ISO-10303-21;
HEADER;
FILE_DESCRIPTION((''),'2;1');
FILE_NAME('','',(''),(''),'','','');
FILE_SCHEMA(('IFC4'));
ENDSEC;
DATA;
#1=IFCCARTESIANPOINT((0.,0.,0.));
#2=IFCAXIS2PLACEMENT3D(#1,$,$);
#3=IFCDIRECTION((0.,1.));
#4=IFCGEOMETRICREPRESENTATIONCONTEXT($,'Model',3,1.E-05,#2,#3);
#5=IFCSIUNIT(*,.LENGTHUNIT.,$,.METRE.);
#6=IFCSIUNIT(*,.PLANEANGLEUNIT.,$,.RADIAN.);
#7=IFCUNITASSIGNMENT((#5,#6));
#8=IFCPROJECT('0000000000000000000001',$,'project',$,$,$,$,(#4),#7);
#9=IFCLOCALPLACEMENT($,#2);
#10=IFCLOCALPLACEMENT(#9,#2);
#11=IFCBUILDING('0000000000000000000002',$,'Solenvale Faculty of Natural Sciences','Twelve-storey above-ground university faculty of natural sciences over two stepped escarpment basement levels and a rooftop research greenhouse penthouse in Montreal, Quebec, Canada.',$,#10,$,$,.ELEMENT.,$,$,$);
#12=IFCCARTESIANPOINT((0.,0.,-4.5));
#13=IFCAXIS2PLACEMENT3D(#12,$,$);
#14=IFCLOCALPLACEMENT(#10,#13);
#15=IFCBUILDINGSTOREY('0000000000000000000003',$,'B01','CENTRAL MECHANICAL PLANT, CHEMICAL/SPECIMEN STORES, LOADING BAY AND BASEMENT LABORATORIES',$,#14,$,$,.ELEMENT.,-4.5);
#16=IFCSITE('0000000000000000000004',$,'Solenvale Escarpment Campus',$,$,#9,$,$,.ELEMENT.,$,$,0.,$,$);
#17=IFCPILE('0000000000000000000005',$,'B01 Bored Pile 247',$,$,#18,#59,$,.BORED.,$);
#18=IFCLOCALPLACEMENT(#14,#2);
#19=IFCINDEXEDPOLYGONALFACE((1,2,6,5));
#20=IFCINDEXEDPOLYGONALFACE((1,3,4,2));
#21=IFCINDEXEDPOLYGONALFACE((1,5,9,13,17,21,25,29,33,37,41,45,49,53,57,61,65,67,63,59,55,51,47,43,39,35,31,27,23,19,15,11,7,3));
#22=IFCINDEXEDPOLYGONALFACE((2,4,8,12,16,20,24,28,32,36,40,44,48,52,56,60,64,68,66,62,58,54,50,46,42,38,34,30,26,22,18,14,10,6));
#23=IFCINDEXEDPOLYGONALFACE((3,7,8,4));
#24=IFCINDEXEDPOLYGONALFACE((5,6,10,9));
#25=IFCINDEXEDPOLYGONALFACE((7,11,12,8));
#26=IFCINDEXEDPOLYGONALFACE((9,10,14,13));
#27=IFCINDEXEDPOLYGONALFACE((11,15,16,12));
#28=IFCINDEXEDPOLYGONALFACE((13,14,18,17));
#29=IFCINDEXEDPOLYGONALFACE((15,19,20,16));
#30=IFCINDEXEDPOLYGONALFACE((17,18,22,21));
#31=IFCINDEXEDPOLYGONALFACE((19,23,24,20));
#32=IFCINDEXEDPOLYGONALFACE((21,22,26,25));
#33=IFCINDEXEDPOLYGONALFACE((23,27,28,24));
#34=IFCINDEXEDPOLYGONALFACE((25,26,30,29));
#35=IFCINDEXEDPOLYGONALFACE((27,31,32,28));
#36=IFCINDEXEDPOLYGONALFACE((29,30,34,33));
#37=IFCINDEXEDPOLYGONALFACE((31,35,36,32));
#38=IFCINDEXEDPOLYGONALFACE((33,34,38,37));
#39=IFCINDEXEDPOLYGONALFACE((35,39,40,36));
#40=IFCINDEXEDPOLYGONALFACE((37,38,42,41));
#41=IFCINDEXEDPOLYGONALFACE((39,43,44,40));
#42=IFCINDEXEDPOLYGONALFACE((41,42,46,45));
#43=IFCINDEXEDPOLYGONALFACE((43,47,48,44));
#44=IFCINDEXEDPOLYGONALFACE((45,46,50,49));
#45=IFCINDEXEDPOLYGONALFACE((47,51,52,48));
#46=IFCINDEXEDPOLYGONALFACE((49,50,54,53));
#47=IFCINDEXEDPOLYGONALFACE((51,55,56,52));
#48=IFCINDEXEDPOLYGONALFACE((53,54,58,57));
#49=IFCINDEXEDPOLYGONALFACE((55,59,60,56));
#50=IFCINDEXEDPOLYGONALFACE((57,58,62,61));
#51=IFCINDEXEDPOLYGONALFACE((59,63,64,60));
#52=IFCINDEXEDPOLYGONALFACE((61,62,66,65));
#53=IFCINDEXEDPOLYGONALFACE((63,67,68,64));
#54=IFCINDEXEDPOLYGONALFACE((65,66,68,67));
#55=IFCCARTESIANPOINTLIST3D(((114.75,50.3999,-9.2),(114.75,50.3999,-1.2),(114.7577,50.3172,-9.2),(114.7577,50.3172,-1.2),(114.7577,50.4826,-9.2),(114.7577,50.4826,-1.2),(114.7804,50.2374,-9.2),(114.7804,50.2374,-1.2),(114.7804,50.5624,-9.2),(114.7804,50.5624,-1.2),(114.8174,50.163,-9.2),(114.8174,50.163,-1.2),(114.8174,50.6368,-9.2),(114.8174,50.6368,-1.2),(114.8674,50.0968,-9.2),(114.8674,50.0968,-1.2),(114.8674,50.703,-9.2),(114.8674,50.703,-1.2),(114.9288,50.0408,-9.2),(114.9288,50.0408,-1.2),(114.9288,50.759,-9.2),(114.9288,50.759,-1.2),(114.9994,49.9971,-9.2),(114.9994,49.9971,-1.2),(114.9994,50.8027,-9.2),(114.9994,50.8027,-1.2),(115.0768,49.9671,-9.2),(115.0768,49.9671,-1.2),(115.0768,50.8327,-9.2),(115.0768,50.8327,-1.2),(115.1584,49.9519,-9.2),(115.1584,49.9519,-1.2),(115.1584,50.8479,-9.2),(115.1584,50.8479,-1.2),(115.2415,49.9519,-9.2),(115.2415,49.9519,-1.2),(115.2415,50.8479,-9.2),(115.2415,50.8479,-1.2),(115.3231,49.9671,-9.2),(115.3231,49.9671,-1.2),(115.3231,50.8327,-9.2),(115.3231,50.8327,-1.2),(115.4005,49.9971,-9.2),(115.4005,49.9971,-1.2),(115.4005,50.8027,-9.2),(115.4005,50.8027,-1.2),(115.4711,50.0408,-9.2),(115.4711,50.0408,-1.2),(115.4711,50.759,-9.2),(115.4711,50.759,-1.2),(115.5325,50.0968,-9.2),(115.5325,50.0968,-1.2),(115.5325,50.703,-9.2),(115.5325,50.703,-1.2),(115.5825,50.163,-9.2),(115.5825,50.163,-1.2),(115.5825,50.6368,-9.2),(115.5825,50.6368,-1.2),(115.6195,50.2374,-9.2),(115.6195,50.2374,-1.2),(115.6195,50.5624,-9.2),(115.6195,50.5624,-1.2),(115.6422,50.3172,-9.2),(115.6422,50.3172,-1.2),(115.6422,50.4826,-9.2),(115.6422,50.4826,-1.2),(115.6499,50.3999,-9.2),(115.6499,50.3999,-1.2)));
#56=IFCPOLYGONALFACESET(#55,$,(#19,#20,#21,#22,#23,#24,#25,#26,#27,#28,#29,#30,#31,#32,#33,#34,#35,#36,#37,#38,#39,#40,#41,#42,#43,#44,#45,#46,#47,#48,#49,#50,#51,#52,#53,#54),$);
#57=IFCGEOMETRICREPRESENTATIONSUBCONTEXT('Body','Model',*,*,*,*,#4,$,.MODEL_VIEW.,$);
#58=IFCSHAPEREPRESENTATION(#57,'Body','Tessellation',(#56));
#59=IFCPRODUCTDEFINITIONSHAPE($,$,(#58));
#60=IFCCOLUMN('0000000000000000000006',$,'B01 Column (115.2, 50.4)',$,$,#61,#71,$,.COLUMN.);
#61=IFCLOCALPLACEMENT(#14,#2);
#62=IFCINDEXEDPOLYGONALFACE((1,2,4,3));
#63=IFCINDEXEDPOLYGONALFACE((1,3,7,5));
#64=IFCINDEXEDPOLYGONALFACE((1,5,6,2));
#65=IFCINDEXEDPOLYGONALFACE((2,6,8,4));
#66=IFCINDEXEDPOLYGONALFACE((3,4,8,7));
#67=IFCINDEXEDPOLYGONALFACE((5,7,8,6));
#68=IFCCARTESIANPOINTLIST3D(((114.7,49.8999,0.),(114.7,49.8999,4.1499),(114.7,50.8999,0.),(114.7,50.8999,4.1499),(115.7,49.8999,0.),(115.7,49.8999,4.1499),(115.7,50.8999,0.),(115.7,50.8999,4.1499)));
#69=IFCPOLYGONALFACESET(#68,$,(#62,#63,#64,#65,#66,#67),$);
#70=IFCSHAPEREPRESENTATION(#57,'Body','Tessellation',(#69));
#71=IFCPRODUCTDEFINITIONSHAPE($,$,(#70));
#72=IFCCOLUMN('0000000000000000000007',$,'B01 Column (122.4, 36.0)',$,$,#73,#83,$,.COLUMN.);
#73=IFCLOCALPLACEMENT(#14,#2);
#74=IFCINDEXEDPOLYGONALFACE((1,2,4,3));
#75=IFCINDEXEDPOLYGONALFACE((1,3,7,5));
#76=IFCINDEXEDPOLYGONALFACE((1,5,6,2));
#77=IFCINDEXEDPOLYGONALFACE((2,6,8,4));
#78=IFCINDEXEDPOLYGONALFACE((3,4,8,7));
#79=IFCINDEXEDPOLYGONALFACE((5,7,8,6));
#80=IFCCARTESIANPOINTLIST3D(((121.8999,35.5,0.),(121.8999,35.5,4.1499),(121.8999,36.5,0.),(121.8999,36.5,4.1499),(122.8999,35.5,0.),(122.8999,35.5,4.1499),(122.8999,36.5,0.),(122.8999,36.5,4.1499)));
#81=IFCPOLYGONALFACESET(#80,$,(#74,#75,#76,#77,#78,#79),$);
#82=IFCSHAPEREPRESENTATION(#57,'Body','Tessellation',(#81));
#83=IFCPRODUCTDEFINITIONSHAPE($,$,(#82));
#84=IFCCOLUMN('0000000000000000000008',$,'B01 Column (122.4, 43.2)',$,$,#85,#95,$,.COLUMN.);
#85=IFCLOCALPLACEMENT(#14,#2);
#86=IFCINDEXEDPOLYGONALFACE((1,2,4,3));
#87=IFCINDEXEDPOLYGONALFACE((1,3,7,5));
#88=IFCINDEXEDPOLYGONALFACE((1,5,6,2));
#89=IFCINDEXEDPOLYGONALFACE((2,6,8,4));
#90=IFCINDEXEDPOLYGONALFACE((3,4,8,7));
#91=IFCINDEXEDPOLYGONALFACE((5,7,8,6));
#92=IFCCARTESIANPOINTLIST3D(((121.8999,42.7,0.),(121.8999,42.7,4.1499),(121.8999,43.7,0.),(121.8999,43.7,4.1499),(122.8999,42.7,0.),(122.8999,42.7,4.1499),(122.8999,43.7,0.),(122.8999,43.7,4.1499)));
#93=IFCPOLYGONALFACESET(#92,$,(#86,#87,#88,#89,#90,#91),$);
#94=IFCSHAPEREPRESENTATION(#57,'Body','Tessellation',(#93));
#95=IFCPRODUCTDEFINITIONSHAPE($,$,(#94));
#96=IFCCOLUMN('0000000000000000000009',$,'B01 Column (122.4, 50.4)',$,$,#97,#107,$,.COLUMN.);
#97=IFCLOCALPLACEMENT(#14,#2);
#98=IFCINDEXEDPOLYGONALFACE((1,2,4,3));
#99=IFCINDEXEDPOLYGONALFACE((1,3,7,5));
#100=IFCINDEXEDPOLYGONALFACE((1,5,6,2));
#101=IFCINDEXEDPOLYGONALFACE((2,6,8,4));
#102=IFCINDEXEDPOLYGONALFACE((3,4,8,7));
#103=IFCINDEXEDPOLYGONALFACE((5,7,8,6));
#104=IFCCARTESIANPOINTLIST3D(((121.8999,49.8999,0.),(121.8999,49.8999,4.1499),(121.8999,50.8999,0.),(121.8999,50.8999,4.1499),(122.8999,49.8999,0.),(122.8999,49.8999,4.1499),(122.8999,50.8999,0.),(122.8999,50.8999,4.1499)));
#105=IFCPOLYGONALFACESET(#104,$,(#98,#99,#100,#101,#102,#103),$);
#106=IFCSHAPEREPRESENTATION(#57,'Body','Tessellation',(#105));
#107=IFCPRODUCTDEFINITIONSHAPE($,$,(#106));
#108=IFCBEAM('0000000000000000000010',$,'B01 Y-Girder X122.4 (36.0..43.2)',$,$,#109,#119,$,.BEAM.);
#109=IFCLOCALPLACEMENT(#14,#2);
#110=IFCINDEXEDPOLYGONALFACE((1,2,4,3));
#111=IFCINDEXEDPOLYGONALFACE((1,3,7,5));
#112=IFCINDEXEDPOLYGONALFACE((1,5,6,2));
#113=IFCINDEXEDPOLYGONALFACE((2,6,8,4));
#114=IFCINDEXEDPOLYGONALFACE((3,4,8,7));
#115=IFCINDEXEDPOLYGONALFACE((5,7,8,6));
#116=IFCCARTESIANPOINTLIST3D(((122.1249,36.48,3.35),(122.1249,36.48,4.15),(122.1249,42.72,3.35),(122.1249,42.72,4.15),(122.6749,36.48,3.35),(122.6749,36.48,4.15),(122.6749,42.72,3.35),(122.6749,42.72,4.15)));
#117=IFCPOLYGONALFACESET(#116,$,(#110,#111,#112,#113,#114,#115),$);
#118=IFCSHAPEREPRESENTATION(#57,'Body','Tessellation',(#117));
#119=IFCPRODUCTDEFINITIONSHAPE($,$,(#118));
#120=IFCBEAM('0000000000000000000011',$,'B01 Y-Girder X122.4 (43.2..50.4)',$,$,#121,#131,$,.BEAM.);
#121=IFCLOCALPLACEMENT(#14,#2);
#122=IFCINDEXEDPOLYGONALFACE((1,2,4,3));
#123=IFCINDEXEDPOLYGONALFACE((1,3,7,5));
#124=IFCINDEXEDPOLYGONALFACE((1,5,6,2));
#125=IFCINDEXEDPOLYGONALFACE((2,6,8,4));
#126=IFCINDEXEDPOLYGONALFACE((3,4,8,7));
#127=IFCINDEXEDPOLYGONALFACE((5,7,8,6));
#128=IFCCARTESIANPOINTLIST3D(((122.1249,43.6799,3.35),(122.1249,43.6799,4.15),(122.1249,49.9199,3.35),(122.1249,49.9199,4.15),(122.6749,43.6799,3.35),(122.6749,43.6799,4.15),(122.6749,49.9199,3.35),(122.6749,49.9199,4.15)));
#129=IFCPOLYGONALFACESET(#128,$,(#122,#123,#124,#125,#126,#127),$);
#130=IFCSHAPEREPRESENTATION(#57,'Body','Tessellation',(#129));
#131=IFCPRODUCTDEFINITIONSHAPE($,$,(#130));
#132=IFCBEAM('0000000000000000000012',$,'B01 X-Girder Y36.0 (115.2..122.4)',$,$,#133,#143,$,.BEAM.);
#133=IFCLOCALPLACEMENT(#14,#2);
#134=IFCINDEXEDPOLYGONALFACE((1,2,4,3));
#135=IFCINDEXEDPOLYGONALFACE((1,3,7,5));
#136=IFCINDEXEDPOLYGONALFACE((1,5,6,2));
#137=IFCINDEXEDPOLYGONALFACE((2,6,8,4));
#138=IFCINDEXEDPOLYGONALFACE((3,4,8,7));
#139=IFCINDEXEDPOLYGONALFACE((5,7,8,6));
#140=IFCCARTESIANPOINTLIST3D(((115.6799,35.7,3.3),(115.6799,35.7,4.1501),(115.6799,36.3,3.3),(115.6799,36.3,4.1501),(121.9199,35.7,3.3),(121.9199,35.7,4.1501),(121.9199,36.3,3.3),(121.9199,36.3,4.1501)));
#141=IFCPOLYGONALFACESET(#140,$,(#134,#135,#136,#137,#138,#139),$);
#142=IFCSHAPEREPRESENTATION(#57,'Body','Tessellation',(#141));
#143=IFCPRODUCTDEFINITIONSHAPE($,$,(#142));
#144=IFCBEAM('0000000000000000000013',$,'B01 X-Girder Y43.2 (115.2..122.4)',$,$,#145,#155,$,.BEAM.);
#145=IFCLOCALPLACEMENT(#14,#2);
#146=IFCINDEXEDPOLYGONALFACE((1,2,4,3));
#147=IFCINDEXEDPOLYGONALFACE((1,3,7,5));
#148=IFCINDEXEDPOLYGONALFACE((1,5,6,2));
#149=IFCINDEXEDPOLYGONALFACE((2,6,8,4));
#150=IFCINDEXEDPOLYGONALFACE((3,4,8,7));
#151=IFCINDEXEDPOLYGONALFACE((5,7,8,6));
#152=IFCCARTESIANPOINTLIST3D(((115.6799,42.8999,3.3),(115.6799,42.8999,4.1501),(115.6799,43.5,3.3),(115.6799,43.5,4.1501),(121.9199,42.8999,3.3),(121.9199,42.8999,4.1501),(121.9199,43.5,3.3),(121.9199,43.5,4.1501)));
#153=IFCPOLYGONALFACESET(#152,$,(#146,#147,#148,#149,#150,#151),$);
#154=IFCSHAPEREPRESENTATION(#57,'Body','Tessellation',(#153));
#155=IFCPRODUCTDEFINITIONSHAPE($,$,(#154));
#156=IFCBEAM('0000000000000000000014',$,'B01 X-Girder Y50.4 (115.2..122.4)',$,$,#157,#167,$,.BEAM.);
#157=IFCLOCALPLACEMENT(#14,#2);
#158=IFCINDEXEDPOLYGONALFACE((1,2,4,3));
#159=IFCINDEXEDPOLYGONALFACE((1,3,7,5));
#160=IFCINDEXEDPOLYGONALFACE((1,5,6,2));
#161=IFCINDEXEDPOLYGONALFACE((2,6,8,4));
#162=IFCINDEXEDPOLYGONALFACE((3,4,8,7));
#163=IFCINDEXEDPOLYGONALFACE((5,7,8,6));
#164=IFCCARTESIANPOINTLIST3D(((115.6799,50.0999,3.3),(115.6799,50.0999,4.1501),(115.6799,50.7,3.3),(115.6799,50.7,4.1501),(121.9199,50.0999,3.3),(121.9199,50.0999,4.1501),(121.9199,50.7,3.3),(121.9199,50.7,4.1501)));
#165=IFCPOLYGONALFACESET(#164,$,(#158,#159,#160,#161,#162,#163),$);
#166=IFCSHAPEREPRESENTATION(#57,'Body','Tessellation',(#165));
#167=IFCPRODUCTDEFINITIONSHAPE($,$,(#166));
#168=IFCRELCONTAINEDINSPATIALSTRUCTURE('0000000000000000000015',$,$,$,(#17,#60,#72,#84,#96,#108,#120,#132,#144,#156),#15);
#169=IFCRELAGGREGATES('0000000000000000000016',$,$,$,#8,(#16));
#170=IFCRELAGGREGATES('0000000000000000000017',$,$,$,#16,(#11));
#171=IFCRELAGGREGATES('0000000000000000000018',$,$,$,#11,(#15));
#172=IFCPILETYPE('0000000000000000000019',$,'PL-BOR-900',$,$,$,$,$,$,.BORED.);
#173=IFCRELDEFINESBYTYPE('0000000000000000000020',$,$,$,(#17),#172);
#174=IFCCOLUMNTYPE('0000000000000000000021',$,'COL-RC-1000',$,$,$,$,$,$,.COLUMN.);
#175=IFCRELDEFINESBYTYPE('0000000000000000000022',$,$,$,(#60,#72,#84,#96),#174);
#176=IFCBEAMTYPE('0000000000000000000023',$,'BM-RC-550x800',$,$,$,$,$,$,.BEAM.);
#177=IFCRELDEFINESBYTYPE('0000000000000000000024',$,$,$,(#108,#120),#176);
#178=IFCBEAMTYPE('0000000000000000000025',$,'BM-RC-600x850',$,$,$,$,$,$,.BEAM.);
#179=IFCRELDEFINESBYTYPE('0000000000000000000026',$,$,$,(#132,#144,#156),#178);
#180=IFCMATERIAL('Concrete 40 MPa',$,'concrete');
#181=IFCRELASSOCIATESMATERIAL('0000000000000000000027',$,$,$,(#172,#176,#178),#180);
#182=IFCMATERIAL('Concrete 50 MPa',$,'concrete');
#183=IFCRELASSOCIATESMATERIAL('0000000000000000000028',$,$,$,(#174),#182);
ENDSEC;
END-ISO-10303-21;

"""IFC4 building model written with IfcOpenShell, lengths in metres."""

from ifc_helpers import new_model, si_unit, direction, frame, origin, origin_2d, place, context, subcontext, project, spatial, rectangle, circle, extrude, material, material_profile, profile_set, type_object, element, save


model = new_model("IFC4")

# Units and contexts
model_context = context("Model", 3, precision=1e-05, world=origin(), true_north=direction((0.0, 1.0)))
body_context = subcontext(model_context, "Body", "Model", "MODEL_VIEW")
ifc_project = project(units=[si_unit("LENGTHUNIT", "METRE"), si_unit("PLANEANGLEUNIT", "RADIAN")], contexts=[model_context])

# Site, building, storey
site_placement = place(None, origin())
site = spatial("IfcSite", under=ifc_project, at=site_placement, Name="Solenvale Escarpment Campus", CompositionType="ELEMENT", RefElevation=0.0)
building_placement = place(site_placement, origin())
building = spatial("IfcBuilding", under=site, at=building_placement, Name="Solenvale Faculty of Natural Sciences", Description="Twelve-storey above-ground university faculty of natural sciences over two stepped escarpment basement levels and a rooftop research greenhouse penthouse in Montreal, Quebec, Canada.", CompositionType="ELEMENT")
storey_placement = place(building_placement, frame((0.0, 0.0, -4.5)))
storey = spatial("IfcBuildingStorey", under=building, at=storey_placement, Name="B01", Description="CENTRAL MECHANICAL PLANT, CHEMICAL/SPECIMEN STORES, LOADING BAY AND BASEMENT LABORATORIES", CompositionType="ELEMENT", Elevation=-4.5)

# Shared definitions
ifc_material_1 = material(Name="Concrete 40 MPa", Category="concrete")

# Pile
ifc_material_profile_1 = material_profile(ifc_material_1, circle(Radius=0.45, at=origin_2d()), Name="PILE-D900")
ifc_profile_set_1 = profile_set([ifc_material_profile_1], Name="Concrete 40 MPa")
pile_type_1 = type_object("IfcPileType", Name="PL-BOR-900", PredefinedType="BORED", material=ifc_profile_set_1)
for number, where, z_axis, x_axis, name in (
    (1, (115.2, 50.3999, -1.2), (0.0, 0.0, -1.0), (1.0, 0.0, 0.0), "B01 Bored Pile 247"),
):
    element("IfcPile", number, at=place(storey_placement, frame(where, z_axis=z_axis, x_axis=x_axis)), inside=storey, type_object=pile_type_1, Name=name, PredefinedType="BORED", context=body_context, shape_type="SweptSolid", body=[
        extrude(circle(Radius=0.45, at=origin_2d()), origin(), (0.0, 0.0, 1.0), 8.0),
    ])

# Columns
ifc_material_2 = material(Name="Concrete 50 MPa", Category="concrete")
ifc_material_profile_2 = material_profile(ifc_material_2, rectangle(XDim=1.0, YDim=1.0, at=origin_2d()), Name="RC-COL-1000x1000")
ifc_profile_set_2 = profile_set([ifc_material_profile_2], Name="Concrete 50 MPa")
column_type = type_object("IfcColumnType", Name="COL-RC-1000", PredefinedType="COLUMN", material=ifc_profile_set_2)
for number, where, z_axis, x_axis, name in (
    (2, (115.2, 50.3999, 0.0), (0.0, 0.0, 1.0), (1.0, 0.0, 0.0), "B01 Column (115.2, 50.4)"),
    (3, (122.3999, 36.0, 0.0), (0.0, 0.0, 1.0), (1.0, 0.0, 0.0), "B01 Column (122.4, 36.0)"),
    (4, (122.3999, 43.2, 0.0), (0.0, 0.0, 1.0), (1.0, 0.0, 0.0), "B01 Column (122.4, 43.2)"),
    (5, (122.3999, 50.3999, 0.0), (0.0, 0.0, 1.0), (1.0, 0.0, 0.0), "B01 Column (122.4, 50.4)"),
):
    element("IfcColumn", number, at=place(storey_placement, frame(where, z_axis=z_axis, x_axis=x_axis)), inside=storey, type_object=column_type, Name=name, PredefinedType="COLUMN", context=body_context, shape_type="SweptSolid", body=[
        extrude(rectangle(XDim=1.0, YDim=1.0, at=origin_2d()), origin(), (0.0, 0.0, 1.0), 4.1499),
    ])

# Beams
ifc_material_profile_3 = material_profile(ifc_material_1, rectangle(XDim=0.55, YDim=0.8, at=origin_2d()), Name="RC-BM-550x800")
ifc_profile_set_3 = profile_set([ifc_material_profile_3], Name="Concrete 40 MPa")
beam_type_1 = type_object("IfcBeamType", Name="BM-RC-550x800", PredefinedType="BEAM", material=ifc_profile_set_3)
for number, where, z_axis, x_axis, name in (
    (6, (122.3999, 36.48, 3.75), (0.0, 1.0, 0.0), (-1.0, 0.0, 0.0), "B01 Y-Girder X122.4 (36.0..43.2)"),
    (7, (122.3999, 43.6799, 3.75), (0.0, 1.0, 0.0), (-1.0, 0.0, 0.0), "B01 Y-Girder X122.4 (43.2..50.4)"),
):
    element("IfcBeam", number, at=place(storey_placement, frame(where, z_axis=z_axis, x_axis=x_axis)), inside=storey, type_object=beam_type_1, Name=name, PredefinedType="BEAM", context=body_context, shape_type="SweptSolid", body=[
        extrude(rectangle(XDim=0.55, YDim=0.8, at=origin_2d()), origin(), (0.0, 0.0, 1.0), 6.24),
    ])
ifc_material_profile_4 = material_profile(ifc_material_1, rectangle(XDim=0.6001, YDim=0.8501, at=origin_2d()), Name="RC-BM-600x850")
ifc_profile_set_4 = profile_set([ifc_material_profile_4], Name="Concrete 40 MPa")
beam_type_2 = type_object("IfcBeamType", Name="BM-RC-600x850", PredefinedType="BEAM", material=ifc_profile_set_4)
for number, where, z_axis, x_axis, name in (
    (8, (115.6799, 36.0, 3.7251), (1.0, 0.0, 0.0), (0.0, 1.0, 0.0), "B01 X-Girder Y36.0 (115.2..122.4)"),
    (9, (115.6799, 43.2, 3.7251), (1.0, 0.0, 0.0), (0.0, 1.0, 0.0), "B01 X-Girder Y43.2 (115.2..122.4)"),
    (10, (115.6799, 50.3999, 3.7251), (1.0, 0.0, 0.0), (0.0, 1.0, 0.0), "B01 X-Girder Y50.4 (115.2..122.4)"),
):
    element("IfcBeam", number, at=place(storey_placement, frame(where, z_axis=z_axis, x_axis=x_axis)), inside=storey, type_object=beam_type_2, Name=name, PredefinedType="BEAM", context=body_context, shape_type="SweptSolid", body=[
        extrude(rectangle(XDim=0.6001, YDim=0.8501, at=origin_2d()), origin(), (0.0, 0.0, 1.0), 6.24),
    ])

save(model, "model.ifc")
